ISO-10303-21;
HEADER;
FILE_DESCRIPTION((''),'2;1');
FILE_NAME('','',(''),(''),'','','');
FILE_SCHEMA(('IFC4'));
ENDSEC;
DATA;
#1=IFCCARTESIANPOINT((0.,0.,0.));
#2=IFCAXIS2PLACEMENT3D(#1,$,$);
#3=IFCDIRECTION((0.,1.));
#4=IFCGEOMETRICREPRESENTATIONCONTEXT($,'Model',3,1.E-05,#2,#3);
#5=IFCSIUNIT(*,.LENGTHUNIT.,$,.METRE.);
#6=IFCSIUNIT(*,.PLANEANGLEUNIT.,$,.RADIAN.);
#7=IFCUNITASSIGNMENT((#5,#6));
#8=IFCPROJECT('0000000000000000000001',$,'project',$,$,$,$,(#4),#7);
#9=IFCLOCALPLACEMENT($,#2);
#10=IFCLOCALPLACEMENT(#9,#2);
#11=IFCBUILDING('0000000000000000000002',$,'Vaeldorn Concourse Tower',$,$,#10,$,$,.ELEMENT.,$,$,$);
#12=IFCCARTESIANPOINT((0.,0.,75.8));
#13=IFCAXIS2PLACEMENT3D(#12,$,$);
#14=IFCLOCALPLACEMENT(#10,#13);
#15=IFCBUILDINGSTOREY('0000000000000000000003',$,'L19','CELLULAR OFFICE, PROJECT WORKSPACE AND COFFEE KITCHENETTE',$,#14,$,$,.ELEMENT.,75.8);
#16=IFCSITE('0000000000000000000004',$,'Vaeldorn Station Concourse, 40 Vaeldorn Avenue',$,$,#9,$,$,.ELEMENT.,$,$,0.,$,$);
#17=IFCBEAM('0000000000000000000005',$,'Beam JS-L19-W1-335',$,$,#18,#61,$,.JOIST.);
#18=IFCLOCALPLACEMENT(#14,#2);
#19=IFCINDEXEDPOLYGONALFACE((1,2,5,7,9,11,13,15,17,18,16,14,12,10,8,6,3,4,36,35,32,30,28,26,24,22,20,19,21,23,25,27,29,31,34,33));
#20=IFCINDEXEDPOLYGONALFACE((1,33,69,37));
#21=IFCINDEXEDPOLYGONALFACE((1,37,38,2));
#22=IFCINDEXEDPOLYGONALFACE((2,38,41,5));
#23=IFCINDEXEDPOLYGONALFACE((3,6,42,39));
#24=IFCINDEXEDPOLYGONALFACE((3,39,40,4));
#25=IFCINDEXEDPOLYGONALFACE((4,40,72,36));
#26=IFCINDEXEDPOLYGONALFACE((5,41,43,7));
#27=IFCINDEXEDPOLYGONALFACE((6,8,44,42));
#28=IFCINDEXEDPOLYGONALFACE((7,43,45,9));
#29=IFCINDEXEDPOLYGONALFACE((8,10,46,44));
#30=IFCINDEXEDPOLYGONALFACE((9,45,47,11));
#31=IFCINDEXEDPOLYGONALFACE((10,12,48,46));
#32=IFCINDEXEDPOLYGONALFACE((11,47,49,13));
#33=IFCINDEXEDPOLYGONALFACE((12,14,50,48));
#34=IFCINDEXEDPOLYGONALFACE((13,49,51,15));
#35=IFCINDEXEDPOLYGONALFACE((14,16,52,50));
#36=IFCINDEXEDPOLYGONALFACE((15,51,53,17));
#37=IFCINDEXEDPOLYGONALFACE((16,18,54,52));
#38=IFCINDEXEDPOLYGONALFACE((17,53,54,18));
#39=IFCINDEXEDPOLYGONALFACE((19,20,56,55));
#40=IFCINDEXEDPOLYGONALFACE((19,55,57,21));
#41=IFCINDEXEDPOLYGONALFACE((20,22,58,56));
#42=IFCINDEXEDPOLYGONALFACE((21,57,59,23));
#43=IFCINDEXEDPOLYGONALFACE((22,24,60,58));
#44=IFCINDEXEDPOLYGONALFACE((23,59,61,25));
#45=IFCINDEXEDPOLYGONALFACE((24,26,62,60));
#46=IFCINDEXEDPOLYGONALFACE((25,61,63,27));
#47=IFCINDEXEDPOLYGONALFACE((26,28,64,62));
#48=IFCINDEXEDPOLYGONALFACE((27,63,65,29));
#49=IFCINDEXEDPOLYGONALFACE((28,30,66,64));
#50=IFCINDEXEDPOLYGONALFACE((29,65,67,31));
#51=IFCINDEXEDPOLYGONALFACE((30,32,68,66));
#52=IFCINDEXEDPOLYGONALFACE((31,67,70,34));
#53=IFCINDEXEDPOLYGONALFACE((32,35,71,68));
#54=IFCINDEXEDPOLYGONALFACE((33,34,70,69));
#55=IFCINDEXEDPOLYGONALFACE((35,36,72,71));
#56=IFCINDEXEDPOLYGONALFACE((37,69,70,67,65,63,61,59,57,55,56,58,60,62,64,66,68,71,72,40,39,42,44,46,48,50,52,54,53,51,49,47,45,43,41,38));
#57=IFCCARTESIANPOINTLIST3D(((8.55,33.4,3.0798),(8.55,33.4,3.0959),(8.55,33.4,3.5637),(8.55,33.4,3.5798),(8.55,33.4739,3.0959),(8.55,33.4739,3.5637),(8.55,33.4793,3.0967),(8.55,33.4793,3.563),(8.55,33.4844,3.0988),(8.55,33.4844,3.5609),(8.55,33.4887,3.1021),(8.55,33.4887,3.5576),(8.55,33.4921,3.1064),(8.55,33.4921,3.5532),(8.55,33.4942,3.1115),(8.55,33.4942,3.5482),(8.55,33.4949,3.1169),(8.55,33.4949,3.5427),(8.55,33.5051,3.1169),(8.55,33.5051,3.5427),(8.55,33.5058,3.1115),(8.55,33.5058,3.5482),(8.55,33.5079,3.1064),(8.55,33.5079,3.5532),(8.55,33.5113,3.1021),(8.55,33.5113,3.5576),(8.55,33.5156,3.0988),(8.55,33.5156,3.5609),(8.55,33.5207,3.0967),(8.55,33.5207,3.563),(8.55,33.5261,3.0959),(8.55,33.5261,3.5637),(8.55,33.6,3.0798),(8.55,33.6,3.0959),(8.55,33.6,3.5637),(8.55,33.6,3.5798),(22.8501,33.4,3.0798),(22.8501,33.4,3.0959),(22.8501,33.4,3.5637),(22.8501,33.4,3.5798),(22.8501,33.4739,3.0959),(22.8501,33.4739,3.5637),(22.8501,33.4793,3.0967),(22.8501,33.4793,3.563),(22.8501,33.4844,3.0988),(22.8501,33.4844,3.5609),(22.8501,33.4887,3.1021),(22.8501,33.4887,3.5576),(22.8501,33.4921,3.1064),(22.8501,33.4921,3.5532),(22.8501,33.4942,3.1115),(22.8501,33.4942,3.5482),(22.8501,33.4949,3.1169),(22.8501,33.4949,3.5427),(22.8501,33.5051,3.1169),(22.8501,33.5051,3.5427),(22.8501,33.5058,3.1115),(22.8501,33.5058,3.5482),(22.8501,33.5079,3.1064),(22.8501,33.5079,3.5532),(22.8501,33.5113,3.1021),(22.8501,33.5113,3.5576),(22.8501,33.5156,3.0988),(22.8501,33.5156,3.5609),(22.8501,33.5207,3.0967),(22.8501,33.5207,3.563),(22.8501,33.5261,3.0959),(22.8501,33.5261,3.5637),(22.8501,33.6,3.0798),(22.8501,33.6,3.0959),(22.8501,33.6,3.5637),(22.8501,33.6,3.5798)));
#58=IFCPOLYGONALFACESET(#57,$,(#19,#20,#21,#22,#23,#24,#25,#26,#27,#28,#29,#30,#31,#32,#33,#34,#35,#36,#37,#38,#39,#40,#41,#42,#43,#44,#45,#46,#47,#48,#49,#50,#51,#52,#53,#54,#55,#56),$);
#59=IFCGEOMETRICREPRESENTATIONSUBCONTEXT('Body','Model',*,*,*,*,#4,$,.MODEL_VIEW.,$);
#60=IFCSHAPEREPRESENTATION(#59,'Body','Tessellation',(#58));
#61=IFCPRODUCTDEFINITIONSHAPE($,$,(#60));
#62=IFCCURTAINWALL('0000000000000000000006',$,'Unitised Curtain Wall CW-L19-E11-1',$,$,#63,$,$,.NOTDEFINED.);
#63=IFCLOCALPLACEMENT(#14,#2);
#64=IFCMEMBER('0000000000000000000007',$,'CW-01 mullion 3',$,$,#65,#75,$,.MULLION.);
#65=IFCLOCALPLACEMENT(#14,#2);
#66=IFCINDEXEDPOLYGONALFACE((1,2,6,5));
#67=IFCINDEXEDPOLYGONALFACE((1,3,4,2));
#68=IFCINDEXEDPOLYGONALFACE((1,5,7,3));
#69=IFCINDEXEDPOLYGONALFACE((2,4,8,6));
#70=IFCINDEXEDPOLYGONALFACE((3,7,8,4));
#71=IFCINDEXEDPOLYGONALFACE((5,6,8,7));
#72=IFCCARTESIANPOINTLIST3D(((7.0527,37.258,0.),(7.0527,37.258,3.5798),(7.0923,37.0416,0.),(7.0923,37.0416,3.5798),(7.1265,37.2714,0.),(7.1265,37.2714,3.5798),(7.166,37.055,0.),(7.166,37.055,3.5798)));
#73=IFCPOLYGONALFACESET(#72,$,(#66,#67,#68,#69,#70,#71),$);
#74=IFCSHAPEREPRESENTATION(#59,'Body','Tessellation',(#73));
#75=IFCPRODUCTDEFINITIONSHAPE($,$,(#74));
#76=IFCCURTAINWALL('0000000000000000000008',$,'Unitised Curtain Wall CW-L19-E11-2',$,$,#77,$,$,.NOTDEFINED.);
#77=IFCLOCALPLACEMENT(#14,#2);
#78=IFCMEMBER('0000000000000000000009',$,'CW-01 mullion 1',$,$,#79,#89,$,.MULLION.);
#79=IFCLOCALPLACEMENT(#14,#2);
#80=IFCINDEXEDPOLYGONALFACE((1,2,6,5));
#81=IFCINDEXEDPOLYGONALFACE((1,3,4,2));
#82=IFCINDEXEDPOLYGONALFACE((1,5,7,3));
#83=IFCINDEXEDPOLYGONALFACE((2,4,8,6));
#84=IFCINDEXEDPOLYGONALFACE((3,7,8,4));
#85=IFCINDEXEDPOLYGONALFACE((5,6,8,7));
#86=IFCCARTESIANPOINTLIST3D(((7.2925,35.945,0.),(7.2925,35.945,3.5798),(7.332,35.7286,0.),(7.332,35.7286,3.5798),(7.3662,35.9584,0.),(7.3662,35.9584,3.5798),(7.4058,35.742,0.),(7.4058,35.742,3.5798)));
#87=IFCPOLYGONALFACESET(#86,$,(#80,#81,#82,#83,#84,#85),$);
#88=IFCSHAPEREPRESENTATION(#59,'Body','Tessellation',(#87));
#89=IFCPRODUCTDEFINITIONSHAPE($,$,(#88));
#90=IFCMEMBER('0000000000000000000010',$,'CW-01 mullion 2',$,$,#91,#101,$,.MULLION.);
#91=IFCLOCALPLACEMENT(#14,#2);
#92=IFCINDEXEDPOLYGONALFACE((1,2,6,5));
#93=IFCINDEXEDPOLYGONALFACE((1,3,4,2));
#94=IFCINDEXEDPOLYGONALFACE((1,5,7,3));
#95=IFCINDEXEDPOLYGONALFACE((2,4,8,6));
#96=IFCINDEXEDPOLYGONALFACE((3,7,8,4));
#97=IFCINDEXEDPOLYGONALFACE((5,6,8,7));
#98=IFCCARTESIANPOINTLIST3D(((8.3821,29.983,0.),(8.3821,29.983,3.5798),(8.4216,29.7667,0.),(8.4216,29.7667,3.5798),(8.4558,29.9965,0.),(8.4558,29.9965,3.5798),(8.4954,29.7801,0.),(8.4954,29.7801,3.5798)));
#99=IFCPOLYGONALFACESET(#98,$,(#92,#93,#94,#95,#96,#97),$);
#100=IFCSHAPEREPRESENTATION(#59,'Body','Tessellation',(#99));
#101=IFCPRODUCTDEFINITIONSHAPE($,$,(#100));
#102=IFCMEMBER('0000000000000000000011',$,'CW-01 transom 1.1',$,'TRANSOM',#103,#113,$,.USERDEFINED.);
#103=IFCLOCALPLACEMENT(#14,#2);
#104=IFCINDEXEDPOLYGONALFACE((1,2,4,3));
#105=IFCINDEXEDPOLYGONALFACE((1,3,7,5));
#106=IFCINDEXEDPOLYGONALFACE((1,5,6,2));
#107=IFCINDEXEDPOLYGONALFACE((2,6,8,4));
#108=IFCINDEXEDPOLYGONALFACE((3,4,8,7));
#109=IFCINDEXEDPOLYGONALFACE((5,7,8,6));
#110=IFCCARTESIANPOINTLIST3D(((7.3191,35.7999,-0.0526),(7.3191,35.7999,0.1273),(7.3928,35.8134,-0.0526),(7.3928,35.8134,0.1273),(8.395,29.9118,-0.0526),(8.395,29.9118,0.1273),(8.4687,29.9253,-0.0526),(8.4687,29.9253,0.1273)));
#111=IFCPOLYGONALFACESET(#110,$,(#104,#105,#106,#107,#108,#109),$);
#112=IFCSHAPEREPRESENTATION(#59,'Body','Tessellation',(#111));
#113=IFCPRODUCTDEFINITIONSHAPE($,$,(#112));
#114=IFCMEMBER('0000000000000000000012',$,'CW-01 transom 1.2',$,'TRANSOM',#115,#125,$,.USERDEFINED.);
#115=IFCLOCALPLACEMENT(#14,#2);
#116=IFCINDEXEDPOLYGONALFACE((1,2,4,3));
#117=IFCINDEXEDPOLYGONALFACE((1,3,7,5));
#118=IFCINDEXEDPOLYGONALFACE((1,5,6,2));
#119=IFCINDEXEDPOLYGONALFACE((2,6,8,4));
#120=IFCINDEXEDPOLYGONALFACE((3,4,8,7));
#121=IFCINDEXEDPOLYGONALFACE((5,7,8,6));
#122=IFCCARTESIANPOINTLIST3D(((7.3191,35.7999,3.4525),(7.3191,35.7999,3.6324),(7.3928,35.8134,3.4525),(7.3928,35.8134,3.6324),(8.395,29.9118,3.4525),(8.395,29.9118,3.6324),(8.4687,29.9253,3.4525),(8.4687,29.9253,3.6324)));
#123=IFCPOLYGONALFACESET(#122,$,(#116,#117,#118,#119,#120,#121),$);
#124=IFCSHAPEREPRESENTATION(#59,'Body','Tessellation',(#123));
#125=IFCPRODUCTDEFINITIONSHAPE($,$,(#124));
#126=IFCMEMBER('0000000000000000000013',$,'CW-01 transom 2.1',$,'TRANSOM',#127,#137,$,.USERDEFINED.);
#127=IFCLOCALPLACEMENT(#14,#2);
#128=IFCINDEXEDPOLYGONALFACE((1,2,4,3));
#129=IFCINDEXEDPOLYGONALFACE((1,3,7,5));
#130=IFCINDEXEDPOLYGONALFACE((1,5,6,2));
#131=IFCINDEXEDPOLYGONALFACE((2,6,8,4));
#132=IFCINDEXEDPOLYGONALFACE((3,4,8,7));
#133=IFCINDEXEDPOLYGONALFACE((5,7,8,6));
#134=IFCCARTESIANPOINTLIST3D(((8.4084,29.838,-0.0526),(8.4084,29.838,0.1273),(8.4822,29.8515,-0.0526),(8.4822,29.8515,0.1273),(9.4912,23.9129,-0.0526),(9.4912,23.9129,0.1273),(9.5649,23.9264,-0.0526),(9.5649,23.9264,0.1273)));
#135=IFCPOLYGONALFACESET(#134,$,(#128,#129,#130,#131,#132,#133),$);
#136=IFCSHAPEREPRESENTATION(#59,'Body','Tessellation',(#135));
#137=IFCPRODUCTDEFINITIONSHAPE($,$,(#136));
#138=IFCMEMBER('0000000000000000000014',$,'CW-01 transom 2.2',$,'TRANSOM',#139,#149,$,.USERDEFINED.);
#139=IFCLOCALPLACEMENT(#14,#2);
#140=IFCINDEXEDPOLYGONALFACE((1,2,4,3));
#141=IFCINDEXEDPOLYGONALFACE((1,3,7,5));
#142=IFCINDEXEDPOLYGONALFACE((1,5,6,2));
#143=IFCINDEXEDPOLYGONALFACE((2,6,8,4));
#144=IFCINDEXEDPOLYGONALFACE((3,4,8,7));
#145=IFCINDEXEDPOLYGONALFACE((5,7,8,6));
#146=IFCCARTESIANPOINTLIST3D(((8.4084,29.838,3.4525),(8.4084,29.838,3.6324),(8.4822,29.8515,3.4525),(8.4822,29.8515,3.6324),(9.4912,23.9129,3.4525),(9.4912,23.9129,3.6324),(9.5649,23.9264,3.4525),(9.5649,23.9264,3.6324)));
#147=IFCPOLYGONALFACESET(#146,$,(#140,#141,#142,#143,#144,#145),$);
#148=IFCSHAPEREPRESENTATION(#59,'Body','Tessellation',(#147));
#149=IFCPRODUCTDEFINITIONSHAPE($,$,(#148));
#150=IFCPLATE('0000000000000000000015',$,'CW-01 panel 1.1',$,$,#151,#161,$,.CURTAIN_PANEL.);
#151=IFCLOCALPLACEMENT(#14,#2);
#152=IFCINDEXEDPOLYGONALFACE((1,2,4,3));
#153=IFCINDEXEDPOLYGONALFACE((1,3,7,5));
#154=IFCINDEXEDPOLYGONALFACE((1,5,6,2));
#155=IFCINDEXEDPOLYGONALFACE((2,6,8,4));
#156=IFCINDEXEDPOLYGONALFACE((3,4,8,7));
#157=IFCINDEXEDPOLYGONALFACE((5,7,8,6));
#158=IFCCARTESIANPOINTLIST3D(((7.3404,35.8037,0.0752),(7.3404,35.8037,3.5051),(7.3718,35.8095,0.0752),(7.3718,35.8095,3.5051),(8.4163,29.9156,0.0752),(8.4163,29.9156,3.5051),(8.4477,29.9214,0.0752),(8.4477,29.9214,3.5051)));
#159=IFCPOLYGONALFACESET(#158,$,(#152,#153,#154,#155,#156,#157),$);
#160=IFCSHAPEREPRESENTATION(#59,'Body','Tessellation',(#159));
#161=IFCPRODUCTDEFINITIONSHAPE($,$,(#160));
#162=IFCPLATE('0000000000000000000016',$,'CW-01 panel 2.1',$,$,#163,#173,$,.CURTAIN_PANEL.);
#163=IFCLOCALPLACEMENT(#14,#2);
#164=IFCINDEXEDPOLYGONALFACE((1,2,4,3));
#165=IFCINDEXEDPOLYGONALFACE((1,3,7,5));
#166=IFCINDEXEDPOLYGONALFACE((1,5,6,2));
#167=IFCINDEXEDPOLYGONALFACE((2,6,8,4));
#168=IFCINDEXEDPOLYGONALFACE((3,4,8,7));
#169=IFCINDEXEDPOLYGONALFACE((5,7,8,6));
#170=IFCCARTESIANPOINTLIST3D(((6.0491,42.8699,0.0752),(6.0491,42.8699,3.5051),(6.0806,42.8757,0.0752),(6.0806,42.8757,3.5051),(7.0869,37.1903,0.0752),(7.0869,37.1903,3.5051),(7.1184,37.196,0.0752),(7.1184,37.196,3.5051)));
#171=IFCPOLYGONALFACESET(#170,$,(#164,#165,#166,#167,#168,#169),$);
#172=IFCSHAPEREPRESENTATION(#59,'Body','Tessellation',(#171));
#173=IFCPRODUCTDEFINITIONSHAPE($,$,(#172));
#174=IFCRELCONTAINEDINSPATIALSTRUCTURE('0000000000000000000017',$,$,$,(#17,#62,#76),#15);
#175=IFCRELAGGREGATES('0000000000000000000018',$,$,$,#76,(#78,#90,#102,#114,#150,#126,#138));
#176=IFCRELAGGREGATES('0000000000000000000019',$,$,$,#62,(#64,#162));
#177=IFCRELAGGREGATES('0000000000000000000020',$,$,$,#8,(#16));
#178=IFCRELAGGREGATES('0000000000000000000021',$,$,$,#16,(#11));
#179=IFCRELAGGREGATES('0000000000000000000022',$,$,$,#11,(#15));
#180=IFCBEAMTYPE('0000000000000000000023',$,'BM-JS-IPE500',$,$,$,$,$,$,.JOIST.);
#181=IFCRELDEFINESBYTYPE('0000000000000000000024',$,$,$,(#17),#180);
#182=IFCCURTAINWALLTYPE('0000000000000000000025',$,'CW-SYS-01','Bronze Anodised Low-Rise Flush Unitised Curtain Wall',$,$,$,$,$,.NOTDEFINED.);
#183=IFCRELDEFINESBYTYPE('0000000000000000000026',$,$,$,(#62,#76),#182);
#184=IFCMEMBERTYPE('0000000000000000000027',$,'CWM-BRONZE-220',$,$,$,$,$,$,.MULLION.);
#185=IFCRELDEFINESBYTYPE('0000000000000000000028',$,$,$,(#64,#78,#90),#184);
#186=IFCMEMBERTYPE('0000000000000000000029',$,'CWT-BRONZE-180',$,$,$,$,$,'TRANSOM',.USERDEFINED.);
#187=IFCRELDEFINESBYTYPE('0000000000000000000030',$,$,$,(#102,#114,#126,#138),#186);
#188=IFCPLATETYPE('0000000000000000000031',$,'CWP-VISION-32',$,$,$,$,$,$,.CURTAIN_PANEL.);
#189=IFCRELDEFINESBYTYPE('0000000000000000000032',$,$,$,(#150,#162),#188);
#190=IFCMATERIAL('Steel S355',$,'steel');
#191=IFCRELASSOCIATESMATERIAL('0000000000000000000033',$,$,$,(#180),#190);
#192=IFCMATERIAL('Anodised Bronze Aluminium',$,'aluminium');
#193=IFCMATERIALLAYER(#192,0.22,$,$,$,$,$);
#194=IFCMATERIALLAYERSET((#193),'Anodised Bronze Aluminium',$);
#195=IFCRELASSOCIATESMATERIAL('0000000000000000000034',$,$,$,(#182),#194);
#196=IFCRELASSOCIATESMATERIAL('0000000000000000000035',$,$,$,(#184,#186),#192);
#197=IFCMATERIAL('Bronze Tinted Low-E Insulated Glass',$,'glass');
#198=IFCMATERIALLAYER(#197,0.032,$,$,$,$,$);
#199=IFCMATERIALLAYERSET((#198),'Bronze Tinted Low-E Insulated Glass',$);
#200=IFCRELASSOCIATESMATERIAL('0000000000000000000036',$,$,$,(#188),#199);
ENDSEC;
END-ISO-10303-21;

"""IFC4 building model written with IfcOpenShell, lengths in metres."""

from ifc_helpers import new_model, si_unit, direction, frame, origin, origin_2d, place, context, subcontext, project, spatial, rectangle, i_section, extrude, source, transform, mapped, material, layer, layer_set, material_profile, profile_set, type_object, element, aggregate, save


model = new_model("IFC4")

# Units and contexts
model_context = context("Model", 3, precision=1e-05, world=origin(), true_north=direction((0.0, 1.0)))
body_context = subcontext(model_context, "Body", "Model", "MODEL_VIEW")
ifc_project = project(units=[si_unit("LENGTHUNIT", "METRE"), si_unit("PLANEANGLEUNIT", "RADIAN")], contexts=[model_context])

# Site, building, storey
site_placement = place(None, origin())
site = spatial("IfcSite", under=ifc_project, at=site_placement, Name="Vaeldorn Station Concourse, 40 Vaeldorn Avenue", CompositionType="ELEMENT", RefElevation=0.0)
building_placement = place(site_placement, origin())
building = spatial("IfcBuilding", under=site, at=building_placement, Name="Vaeldorn Concourse Tower", CompositionType="ELEMENT")
storey_placement = place(building_placement, frame((0.0, 0.0, 75.8)))
storey = spatial("IfcBuildingStorey", under=building, at=storey_placement, Name="L19", Description="CELLULAR OFFICE, PROJECT WORKSPACE AND COFFEE KITCHENETTE", CompositionType="ELEMENT", Elevation=75.8)

# Beam
ifc_material_1 = material(Name="Steel S355", Category="steel")
ifc_material_profile_1 = material_profile(ifc_material_1, i_section(OverallWidth=0.2, OverallDepth=0.5, WebThickness=0.0103, FlangeThickness=0.0161, FilletRadius=0.021, at=origin_2d()), Name="IPE 500")
ifc_profile_set_1 = profile_set([ifc_material_profile_1], Name="Steel S355")
beam_type_1 = type_object("IfcBeamType", Name="BM-JS-IPE500", PredefinedType="JOIST", material=ifc_profile_set_1)
shared_shape_1 = source(origin(), body_context, "Body", "SweptSolid", [
    extrude(i_section(OverallWidth=0.2, OverallDepth=0.5, WebThickness=0.0103, FlangeThickness=0.0161, FilletRadius=0.021, at=origin_2d()), origin(), (0.0, 0.0, 1.0), 14.3),
])
beam_1_placement = place(storey_placement, frame((8.55, 33.5, 3.3298), z_axis=(1.0, 0.0, 0.0), x_axis=(0.0, 1.0, 0.0)))
element("IfcBeam", 1, at=beam_1_placement, inside=storey, type_object=beam_type_1, Name="Beam JS-L19-W1-335", PredefinedType="JOIST", context=body_context, shape_type="MappedRepresentation", body=[
    mapped(shared_shape_1, transform((0.0, 0.0, 0.0), scale=1.0)),
])

# Curtain wall, member
ifc_material_2 = material(Name="Anodised Bronze Aluminium", Category="aluminium")
ifc_layer_1 = layer(ifc_material_2, 0.22)
ifc_layer_set_1 = layer_set([ifc_layer_1], Name="Anodised Bronze Aluminium")
curtain_wall_type = type_object("IfcCurtainWallType", Name="CW-SYS-01", Description="Bronze Anodised Low-Rise Flush Unitised Curtain Wall", PredefinedType="NOTDEFINED", material=ifc_layer_set_1)
curtain_wall_1_placement = place(storey_placement, origin())
curtain_wall_1 = element("IfcCurtainWall", 2, at=curtain_wall_1_placement, inside=storey, type_object=curtain_wall_type, Name="Unitised Curtain Wall CW-L19-E11-1", PredefinedType="NOTDEFINED")
ifc_material_profile_2 = material_profile(ifc_material_2, rectangle(XDim=0.075, YDim=0.22, at=origin_2d()), Name="CWM 75x220")
ifc_profile_set_2 = profile_set([ifc_material_profile_2], Name="Anodised Bronze Aluminium")
member_type_1 = type_object("IfcMemberType", Name="CWM-BRONZE-220", PredefinedType="MULLION", material=ifc_profile_set_2)
shared_shape_2 = source(origin(), body_context, "Body", "SweptSolid", [
    extrude(rectangle(XDim=0.075, YDim=0.22, at=origin_2d()), origin(), (0.0, 0.0, 1.0), 3.5798),
])
member_1_placement = place(storey_placement, frame((7.1094, 37.1565, 0.0), z_axis=(0.0, 0.0, 1.0), x_axis=(0.983712, 0.179753, 0.0)))
member_1 = element("IfcMember", 3, at=member_1_placement, type_object=member_type_1, Name="CW-01 mullion 3", PredefinedType="MULLION", context=body_context, shape_type="MappedRepresentation", body=[
    mapped(shared_shape_2, transform((0.0, 0.0, 0.0), scale=1.0)),
])

# Curtain wall, members, plate
curtain_wall_2_placement = place(storey_placement, origin())
curtain_wall_2 = element("IfcCurtainWall", 4, at=curtain_wall_2_placement, inside=storey, type_object=curtain_wall_type, Name="Unitised Curtain Wall CW-L19-E11-2", PredefinedType="NOTDEFINED")
member_2_placement = place(storey_placement, frame((7.3491, 35.8435, 0.0), z_axis=(0.0, 0.0, 1.0), x_axis=(0.983712, 0.179751, 0.0)))
member_2 = element("IfcMember", 5, at=member_2_placement, type_object=member_type_1, Name="CW-01 mullion 1", PredefinedType="MULLION", context=body_context, shape_type="MappedRepresentation", body=[
    mapped(shared_shape_2, transform((0.0, 0.0, 0.0), scale=1.0)),
])
member_3_placement = place(storey_placement, frame((8.4387, 29.8816, 0.0), z_axis=(0.0, 0.0, 1.0), x_axis=(0.983712, 0.179751, 0.0)))
member_3 = element("IfcMember", 6, at=member_3_placement, type_object=member_type_1, Name="CW-01 mullion 2", PredefinedType="MULLION", context=body_context, shape_type="MappedRepresentation", body=[
    mapped(shared_shape_2, transform((0.0, 0.0, 0.0), scale=1.0)),
])
ifc_material_profile_3 = material_profile(ifc_material_2, rectangle(XDim=0.075, YDim=0.1799, at=origin_2d()), Name="CWT 75x180")
ifc_profile_set_3 = profile_set([ifc_material_profile_3], Name="Anodised Bronze Aluminium")
member_type_2 = type_object("IfcMemberType", Name="CWT-BRONZE-180", ElementType="TRANSOM", PredefinedType="USERDEFINED", material=ifc_profile_set_3)
shared_shape_3 = source(origin(), body_context, "Body", "SweptSolid", [
    extrude(rectangle(XDim=0.075, YDim=0.1799, at=origin_2d()), origin(), (0.0, 0.0, 1.0), 5.9856),
])
member_4_placement = place(storey_placement, frame((7.356, 35.8066, 0.0374), z_axis=(0.17975, -0.983712, 0.0), x_axis=(0.983712, 0.17975, 0.0)))
member_4 = element("IfcMember", 7, at=member_4_placement, type_object=member_type_2, Name="CW-01 transom 1.1", ObjectType="TRANSOM", PredefinedType="USERDEFINED", context=body_context, shape_type="MappedRepresentation", body=[
    mapped(shared_shape_3, transform((0.0, 0.0, 0.0), scale=1.0)),
])
member_5_placement = place(storey_placement, frame((7.356, 35.8066, 3.5425), z_axis=(0.17975, -0.983712, 0.0), x_axis=(0.983712, 0.17975, 0.0)))
member_5 = element("IfcMember", 8, at=member_5_placement, type_object=member_type_2, Name="CW-01 transom 1.2", ObjectType="TRANSOM", PredefinedType="USERDEFINED", context=body_context, shape_type="MappedRepresentation", body=[
    mapped(shared_shape_3, transform((0.0, 0.0, 0.0), scale=1.0)),
])
shared_shape_4 = source(origin(), body_context, "Body", "SweptSolid", [
    extrude(rectangle(XDim=0.075, YDim=0.1799, at=origin_2d()), origin(), (0.0, 0.0, 1.0), 6.0232),
])
member_6_placement = place(storey_placement, frame((8.4453, 29.8447, 0.0374), z_axis=(0.179766, -0.983709, 0.0), x_axis=(0.983709, 0.179766, 0.0)))
member_6 = element("IfcMember", 9, at=member_6_placement, type_object=member_type_2, Name="CW-01 transom 2.1", ObjectType="TRANSOM", PredefinedType="USERDEFINED", context=body_context, shape_type="MappedRepresentation", body=[
    mapped(shared_shape_4, transform((0.0, 0.0, 0.0), scale=1.0)),
])
member_7_placement = place(storey_placement, frame((8.4453, 29.8447, 3.5425), z_axis=(0.179766, -0.983709, 0.0), x_axis=(0.983709, 0.179766, 0.0)))
member_7 = element("IfcMember", 10, at=member_7_placement, type_object=member_type_2, Name="CW-01 transom 2.2", ObjectType="TRANSOM", PredefinedType="USERDEFINED", context=body_context, shape_type="MappedRepresentation", body=[
    mapped(shared_shape_4, transform((0.0, 0.0, 0.0), scale=1.0)),
])
ifc_material_3 = material(Name="Bronze Tinted Low-E Insulated Glass", Category="glass")
ifc_layer_2 = layer(ifc_material_3, 0.032)
ifc_layer_set_2 = layer_set([ifc_layer_2], Name="Bronze Tinted Low-E Insulated Glass")
plate_type = type_object("IfcPlateType", Name="CWP-VISION-32", PredefinedType="CURTAIN_PANEL", material=ifc_layer_set_2)
shared_shape_5 = source(origin(), body_context, "Body", "SweptSolid", [
    extrude(rectangle(XDim=5.9856, YDim=0.032, at=origin_2d()), origin(), (0.0, 0.0, 1.0), 3.4299),
])
plate_1_placement = place(storey_placement, frame((7.894, 32.8625, 0.0752), z_axis=(0.0, 0.0, 1.0), x_axis=(0.179751, -0.983712, 0.0)))
plate_1 = element("IfcPlate", 11, at=plate_1_placement, type_object=plate_type, Name="CW-01 panel 1.1", PredefinedType="CURTAIN_PANEL", context=body_context, shape_type="MappedRepresentation", body=[
    mapped(shared_shape_5, transform((0.0, 0.0, 0.0), scale=1.0)),
])
aggregate(curtain_wall_2, [member_2, member_3, member_4, member_5, plate_1, member_6, member_7])

# Plate
shared_shape_6 = source(origin(), body_context, "Body", "SweptSolid", [
    extrude(rectangle(XDim=5.7737, YDim=0.032, at=origin_2d()), origin(), (0.0, 0.0, 1.0), 3.4299),
])
plate_2_placement = place(storey_placement, frame((6.5837, 40.033, 0.0752), z_axis=(0.0, 0.0, 1.0), x_axis=(0.179753, -0.983712, 0.0)))
plate_2 = element("IfcPlate", 12, at=plate_2_placement, type_object=plate_type, Name="CW-01 panel 2.1", PredefinedType="CURTAIN_PANEL", context=body_context, shape_type="MappedRepresentation", body=[
    mapped(shared_shape_6, transform((0.0, 0.0, 0.0), scale=1.0)),
])
aggregate(curtain_wall_1, [member_1, plate_2])

save(model, "model.ifc")
